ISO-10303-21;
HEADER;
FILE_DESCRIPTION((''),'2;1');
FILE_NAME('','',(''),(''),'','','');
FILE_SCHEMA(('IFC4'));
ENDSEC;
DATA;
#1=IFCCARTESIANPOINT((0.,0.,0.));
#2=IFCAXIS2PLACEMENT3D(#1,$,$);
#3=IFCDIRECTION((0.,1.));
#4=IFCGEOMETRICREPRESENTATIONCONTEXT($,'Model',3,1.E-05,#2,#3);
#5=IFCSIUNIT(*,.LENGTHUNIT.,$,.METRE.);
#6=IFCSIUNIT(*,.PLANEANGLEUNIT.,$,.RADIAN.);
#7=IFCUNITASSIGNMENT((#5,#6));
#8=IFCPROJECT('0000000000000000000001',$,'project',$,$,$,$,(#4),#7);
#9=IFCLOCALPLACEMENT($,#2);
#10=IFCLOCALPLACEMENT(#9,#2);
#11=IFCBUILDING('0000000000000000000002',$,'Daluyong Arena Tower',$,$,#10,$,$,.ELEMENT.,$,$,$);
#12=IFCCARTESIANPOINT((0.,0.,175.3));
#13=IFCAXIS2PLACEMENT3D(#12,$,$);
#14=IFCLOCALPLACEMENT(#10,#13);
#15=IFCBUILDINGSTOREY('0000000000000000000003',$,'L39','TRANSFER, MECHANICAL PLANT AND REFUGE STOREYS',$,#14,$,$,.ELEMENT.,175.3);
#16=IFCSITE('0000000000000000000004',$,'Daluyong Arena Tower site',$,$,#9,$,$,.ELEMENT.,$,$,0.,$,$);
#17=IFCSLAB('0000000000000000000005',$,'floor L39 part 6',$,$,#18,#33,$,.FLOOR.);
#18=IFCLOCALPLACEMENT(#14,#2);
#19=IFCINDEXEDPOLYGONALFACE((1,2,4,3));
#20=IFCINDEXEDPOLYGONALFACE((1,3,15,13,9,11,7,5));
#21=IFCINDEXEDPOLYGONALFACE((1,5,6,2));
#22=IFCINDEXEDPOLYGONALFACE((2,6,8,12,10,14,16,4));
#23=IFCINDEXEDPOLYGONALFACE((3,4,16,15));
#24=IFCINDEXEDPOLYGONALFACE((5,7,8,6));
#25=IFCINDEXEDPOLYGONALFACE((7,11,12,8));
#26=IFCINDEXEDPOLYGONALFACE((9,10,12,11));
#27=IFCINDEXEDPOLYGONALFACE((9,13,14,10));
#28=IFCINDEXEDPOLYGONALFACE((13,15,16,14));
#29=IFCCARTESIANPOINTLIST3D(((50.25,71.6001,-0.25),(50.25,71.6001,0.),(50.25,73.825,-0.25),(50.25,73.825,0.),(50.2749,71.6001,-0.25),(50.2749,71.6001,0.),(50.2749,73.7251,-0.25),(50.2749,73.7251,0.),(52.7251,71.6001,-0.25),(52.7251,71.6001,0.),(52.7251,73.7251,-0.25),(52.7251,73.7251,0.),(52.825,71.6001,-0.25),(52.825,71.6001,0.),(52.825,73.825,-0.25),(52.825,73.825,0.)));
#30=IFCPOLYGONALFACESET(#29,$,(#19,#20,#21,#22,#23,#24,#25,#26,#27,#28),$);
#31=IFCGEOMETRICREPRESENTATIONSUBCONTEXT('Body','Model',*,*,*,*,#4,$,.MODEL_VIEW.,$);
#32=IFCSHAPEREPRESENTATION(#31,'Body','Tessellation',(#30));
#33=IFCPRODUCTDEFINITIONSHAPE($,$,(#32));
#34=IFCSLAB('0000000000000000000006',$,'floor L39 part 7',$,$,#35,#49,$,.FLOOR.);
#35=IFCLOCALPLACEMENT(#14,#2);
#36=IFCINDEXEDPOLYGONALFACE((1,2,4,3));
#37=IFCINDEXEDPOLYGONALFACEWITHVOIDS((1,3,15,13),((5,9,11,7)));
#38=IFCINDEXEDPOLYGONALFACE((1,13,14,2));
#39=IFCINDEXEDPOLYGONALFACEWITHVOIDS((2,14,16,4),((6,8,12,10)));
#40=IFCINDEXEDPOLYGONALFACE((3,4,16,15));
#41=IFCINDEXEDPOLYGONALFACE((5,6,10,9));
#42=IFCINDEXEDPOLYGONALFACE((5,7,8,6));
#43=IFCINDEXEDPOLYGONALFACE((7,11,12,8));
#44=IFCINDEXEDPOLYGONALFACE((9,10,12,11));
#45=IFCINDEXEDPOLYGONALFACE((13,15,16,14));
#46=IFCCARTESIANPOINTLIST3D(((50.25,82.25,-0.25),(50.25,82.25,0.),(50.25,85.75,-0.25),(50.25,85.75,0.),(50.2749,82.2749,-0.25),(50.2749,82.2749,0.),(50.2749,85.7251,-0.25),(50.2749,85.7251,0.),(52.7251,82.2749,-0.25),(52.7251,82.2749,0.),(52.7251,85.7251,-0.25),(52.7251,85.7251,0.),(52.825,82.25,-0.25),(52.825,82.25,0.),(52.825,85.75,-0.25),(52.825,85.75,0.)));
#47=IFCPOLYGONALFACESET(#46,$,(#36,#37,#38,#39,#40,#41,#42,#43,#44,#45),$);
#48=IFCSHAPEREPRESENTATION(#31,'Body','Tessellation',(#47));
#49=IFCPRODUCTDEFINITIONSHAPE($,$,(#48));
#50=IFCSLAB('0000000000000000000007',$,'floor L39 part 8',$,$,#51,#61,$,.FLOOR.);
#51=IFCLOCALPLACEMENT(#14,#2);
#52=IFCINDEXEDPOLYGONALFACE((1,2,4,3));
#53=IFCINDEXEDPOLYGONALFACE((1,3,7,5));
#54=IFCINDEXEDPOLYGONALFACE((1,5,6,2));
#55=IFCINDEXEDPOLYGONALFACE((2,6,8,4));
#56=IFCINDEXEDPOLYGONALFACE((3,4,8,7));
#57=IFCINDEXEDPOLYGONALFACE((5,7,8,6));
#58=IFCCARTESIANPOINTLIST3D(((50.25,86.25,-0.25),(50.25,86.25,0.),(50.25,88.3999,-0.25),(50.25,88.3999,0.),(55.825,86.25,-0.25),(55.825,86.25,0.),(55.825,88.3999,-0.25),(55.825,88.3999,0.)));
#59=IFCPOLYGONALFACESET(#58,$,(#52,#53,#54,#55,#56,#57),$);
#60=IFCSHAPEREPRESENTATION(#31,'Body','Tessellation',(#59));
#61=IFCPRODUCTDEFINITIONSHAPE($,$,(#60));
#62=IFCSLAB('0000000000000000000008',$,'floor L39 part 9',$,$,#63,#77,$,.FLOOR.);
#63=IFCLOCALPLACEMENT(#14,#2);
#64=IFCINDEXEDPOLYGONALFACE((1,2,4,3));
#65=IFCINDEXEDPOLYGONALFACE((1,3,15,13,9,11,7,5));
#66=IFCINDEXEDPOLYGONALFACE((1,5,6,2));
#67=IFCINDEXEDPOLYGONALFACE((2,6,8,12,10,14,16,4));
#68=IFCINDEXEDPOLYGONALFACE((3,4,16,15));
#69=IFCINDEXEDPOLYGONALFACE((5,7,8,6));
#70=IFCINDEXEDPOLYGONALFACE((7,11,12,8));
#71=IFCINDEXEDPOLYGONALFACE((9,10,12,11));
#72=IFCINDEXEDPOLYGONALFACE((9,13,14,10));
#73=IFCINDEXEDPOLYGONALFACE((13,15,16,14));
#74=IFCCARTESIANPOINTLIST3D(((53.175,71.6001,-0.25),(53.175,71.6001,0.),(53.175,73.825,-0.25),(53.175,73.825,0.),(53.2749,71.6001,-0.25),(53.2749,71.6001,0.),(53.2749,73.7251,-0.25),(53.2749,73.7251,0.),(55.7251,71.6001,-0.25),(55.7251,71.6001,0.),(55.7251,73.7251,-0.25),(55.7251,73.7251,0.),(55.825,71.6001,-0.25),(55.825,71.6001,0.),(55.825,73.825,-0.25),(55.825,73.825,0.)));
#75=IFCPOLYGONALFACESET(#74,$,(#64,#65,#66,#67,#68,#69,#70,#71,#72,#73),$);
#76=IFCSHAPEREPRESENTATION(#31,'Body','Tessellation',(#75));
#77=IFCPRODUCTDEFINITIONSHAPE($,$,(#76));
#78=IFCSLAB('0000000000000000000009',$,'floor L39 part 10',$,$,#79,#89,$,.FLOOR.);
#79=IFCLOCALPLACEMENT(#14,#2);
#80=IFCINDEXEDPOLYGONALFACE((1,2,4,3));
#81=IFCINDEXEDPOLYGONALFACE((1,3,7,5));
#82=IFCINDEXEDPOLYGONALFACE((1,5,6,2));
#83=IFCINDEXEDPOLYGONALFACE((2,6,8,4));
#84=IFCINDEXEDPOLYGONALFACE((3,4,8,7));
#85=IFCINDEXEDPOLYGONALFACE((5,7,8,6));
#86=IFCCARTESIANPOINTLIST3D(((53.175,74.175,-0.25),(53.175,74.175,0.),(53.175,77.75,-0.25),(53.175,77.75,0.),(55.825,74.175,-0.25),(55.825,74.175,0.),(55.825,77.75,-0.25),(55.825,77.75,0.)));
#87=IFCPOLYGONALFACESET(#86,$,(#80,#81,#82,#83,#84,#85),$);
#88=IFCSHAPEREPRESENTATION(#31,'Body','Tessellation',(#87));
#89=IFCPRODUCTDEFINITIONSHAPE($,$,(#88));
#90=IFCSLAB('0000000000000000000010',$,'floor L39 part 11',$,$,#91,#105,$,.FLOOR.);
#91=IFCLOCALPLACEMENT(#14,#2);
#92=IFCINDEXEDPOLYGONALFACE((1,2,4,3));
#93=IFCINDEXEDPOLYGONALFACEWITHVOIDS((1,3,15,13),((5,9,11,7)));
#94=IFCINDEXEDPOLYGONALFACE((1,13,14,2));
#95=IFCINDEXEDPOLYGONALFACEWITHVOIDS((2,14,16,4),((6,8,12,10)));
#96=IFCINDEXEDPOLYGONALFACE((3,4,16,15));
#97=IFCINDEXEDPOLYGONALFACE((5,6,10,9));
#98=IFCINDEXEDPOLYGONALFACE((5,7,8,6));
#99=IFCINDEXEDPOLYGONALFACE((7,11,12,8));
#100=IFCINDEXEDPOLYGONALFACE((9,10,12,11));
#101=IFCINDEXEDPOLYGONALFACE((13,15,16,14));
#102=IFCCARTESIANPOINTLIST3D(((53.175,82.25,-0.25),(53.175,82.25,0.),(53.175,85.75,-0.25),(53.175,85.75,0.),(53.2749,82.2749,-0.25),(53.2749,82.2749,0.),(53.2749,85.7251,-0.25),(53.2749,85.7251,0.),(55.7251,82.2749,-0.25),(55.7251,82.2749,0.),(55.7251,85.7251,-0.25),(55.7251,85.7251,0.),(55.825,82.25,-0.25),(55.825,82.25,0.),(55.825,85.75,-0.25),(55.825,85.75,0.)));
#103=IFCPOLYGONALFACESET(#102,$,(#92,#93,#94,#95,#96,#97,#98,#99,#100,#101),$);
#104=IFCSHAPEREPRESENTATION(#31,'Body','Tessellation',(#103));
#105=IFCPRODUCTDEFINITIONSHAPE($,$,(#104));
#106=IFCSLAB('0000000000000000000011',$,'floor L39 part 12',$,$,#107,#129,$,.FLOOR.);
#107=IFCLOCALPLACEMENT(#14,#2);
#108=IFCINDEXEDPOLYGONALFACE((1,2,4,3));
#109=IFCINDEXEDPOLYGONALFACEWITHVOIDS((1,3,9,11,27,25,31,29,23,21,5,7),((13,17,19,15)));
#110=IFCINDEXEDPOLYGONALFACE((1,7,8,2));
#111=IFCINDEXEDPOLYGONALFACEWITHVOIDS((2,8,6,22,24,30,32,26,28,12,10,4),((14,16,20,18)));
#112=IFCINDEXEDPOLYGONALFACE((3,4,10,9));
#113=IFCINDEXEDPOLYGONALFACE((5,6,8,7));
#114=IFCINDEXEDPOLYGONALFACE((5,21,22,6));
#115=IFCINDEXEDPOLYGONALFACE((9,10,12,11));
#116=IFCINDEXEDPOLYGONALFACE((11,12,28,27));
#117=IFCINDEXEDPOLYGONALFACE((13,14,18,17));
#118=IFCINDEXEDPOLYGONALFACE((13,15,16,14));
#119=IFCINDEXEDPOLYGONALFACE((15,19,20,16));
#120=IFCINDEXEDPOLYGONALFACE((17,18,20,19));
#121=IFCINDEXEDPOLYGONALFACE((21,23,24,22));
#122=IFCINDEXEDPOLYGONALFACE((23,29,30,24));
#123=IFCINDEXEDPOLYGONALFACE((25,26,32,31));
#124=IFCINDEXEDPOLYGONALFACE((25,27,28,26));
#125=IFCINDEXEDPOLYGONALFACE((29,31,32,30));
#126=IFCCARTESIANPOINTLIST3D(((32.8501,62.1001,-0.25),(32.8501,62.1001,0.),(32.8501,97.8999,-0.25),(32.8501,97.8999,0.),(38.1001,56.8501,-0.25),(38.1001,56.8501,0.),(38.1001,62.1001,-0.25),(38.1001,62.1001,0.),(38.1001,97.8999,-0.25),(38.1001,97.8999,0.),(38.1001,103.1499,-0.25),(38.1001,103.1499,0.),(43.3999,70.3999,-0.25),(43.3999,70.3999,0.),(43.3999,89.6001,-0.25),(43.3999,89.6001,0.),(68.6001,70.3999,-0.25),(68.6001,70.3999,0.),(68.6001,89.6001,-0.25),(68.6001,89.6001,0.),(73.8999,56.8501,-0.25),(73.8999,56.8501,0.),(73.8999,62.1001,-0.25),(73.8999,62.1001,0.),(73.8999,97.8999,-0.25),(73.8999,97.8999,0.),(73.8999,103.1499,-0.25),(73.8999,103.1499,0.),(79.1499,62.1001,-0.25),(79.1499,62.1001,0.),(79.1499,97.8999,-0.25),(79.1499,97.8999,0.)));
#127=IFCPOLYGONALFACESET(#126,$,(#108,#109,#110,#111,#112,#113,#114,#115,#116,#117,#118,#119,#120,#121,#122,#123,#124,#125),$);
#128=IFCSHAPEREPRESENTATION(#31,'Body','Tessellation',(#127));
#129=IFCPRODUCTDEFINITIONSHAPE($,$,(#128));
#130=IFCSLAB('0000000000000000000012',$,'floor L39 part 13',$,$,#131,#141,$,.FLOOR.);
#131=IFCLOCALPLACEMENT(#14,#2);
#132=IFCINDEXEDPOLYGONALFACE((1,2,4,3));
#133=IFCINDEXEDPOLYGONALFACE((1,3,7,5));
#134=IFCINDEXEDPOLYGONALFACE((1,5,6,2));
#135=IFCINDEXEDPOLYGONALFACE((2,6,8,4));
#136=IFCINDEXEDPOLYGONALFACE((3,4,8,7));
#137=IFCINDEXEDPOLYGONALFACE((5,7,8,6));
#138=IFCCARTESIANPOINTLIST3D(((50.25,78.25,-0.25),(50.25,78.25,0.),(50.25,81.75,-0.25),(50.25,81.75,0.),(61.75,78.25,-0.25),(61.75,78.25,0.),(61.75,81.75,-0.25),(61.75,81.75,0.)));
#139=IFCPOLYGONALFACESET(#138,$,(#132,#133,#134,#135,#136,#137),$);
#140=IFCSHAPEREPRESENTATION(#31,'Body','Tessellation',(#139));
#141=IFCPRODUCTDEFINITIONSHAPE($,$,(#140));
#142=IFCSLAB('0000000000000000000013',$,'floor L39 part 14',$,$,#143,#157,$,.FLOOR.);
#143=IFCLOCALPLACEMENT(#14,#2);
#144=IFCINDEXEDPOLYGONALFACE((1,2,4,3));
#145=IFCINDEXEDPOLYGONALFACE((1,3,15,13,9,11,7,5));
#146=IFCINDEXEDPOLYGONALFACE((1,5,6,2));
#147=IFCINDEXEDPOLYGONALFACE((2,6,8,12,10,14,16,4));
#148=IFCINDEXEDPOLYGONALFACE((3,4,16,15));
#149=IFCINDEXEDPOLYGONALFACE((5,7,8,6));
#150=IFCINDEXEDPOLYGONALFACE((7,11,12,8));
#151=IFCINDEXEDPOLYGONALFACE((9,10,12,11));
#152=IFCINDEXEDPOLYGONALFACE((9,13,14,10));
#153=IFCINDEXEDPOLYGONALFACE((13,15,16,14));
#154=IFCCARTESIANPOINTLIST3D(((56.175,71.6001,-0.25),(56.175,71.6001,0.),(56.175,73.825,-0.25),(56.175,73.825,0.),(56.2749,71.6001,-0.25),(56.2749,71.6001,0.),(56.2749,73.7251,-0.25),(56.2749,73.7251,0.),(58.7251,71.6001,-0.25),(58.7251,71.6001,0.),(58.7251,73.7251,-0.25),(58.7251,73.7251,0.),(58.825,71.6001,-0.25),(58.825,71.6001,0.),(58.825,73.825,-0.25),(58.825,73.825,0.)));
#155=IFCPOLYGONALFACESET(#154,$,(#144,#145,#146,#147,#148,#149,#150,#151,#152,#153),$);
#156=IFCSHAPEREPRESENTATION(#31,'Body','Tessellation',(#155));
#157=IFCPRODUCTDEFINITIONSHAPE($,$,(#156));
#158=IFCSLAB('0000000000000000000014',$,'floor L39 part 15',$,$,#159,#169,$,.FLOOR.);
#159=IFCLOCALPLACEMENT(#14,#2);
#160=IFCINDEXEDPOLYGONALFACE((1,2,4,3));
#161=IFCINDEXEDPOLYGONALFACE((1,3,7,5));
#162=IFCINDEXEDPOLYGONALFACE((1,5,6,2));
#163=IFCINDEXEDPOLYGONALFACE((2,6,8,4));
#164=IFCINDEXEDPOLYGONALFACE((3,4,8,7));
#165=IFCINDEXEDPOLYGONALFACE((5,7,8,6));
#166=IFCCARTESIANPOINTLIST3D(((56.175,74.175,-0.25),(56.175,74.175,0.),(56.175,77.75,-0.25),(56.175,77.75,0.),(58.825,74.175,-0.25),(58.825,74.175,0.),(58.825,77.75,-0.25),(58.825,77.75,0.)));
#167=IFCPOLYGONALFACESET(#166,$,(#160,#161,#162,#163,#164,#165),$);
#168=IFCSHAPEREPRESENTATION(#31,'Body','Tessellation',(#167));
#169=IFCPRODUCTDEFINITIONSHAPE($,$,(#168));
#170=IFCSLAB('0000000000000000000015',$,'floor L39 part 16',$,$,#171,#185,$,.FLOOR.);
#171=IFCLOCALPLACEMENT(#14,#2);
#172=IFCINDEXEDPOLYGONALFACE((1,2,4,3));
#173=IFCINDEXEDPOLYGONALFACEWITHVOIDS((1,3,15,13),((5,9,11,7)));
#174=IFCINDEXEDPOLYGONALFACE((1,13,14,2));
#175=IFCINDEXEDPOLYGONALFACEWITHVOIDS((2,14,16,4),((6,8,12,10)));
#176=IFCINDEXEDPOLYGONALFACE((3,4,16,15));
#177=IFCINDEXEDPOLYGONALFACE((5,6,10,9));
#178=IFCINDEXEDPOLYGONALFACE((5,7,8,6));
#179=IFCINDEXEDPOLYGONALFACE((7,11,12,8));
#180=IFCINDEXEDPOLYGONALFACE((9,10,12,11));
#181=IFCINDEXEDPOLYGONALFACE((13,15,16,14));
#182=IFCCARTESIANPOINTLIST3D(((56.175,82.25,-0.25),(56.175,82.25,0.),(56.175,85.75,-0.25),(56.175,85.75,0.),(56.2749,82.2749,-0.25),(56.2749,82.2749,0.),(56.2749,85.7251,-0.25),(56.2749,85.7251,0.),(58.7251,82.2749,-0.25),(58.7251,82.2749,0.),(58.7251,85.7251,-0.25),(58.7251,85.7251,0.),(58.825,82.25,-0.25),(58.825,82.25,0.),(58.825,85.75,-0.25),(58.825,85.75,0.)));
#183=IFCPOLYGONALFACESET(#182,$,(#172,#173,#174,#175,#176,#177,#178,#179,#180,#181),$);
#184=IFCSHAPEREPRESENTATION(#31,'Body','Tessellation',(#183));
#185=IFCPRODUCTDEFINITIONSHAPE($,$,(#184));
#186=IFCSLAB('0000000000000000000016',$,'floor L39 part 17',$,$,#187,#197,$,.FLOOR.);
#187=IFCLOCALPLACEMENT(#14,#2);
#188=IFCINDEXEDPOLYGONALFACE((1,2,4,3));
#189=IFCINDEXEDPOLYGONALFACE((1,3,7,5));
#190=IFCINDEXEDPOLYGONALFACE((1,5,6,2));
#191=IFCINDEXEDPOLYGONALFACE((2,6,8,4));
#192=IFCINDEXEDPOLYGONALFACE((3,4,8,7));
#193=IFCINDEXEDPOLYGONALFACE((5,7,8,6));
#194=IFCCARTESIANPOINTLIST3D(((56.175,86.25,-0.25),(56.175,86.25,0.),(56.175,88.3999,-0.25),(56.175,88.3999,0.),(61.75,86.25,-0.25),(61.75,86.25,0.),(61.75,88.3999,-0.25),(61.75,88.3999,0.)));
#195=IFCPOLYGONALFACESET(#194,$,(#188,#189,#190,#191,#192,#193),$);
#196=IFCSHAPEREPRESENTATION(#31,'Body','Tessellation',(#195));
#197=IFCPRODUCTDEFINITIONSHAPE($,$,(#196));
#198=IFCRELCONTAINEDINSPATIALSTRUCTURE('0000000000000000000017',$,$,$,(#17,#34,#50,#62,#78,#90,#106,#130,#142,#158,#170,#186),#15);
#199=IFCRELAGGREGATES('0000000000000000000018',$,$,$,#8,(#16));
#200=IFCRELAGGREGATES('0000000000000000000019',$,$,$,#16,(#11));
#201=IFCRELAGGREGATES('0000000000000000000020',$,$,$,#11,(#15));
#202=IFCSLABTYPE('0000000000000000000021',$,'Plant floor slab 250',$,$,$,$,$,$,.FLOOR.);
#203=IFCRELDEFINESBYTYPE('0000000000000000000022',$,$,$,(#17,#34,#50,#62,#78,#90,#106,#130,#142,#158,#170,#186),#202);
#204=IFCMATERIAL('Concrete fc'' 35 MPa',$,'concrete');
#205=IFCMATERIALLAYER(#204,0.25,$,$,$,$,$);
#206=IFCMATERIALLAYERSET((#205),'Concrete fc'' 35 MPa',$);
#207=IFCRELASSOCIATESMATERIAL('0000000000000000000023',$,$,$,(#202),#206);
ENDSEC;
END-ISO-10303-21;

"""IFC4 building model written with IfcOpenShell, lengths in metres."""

from ifc_helpers import new_model, si_unit, direction, frame, origin, place, context, subcontext, project, spatial, polyline, outline, extrude, material, layer, layer_set, type_object, element, save


model = new_model("IFC4")

# Units and contexts
model_context = context("Model", 3, precision=1e-05, world=origin(), true_north=direction((0.0, 1.0)))
body_context = subcontext(model_context, "Body", "Model", "MODEL_VIEW")
ifc_project = project(units=[si_unit("LENGTHUNIT", "METRE"), si_unit("PLANEANGLEUNIT", "RADIAN")], contexts=[model_context])

# Site, building, storey
site_placement = place(None, origin())
site = spatial("IfcSite", under=ifc_project, at=site_placement, Name="Daluyong Arena Tower site", CompositionType="ELEMENT", RefElevation=0.0)
building_placement = place(site_placement, origin())
building = spatial("IfcBuilding", under=site, at=building_placement, Name="Daluyong Arena Tower", CompositionType="ELEMENT")
storey_placement = place(building_placement, frame((0.0, 0.0, 175.3)))
storey = spatial("IfcBuildingStorey", under=building, at=storey_placement, Name="L39", Description="TRANSFER, MECHANICAL PLANT AND REFUGE STOREYS", CompositionType="ELEMENT", Elevation=175.3)

# Slabs
ifc_material_1 = material(Name="Concrete fc' 35 MPa", Category="concrete")
ifc_layer_1 = layer(ifc_material_1, 0.25)
ifc_layer_set_1 = layer_set([ifc_layer_1], Name="Concrete fc' 35 MPa")
slab_type_1 = type_object("IfcSlabType", Name="Plant floor slab 250", PredefinedType="FLOOR", material=ifc_layer_set_1)
slab_1_placement = place(storey_placement, frame((0.0, 0.0, -0.25)))
element("IfcSlab", 1, at=slab_1_placement, inside=storey, type_object=slab_type_1, Name="floor L39 part 6", PredefinedType="FLOOR", context=body_context, shape_type="SweptSolid", body=[
    extrude(outline(polyline([(50.2749, 73.7251), (52.7251, 73.7251), (52.7251, 71.6001), (52.825, 71.6001), (52.825, 73.825), (50.25, 73.825), (50.25, 71.6001), (50.2749, 71.6001), (50.2749, 73.7251)])), origin(), (0.0, 0.0, 1.0), 0.25),
])
slab_2_placement = place(storey_placement, frame((0.0, 0.0, -0.25)))
element("IfcSlab", 2, at=slab_2_placement, inside=storey, type_object=slab_type_1, Name="floor L39 part 7", PredefinedType="FLOOR", context=body_context, shape_type="SweptSolid", body=[
    extrude(outline(polyline([(52.825, 85.75), (50.25, 85.75), (50.25, 82.25), (52.825, 82.25), (52.825, 85.75)]), holes=[polyline([(50.2749, 85.7251), (52.7251, 85.7251), (52.7251, 82.2749), (50.2749, 82.2749), (50.2749, 85.7251)])]), origin(), (0.0, 0.0, 1.0), 0.25),
])
slab_3_placement = place(storey_placement, frame((0.0, 0.0, -0.25)))
element("IfcSlab", 3, at=slab_3_placement, inside=storey, type_object=slab_type_1, Name="floor L39 part 8", PredefinedType="FLOOR", context=body_context, shape_type="SweptSolid", body=[
    extrude(outline(polyline([(55.825, 88.3999), (50.25, 88.3999), (50.25, 86.25), (55.825, 86.25), (55.825, 88.3999)])), origin(), (0.0, 0.0, 1.0), 0.25),
])
slab_4_placement = place(storey_placement, frame((0.0, 0.0, -0.25)))
element("IfcSlab", 4, at=slab_4_placement, inside=storey, type_object=slab_type_1, Name="floor L39 part 9", PredefinedType="FLOOR", context=body_context, shape_type="SweptSolid", body=[
    extrude(outline(polyline([(55.7251, 73.7251), (55.7251, 71.6001), (55.825, 71.6001), (55.825, 73.825), (53.175, 73.825), (53.175, 71.6001), (53.2749, 71.6001), (53.2749, 73.7251), (55.7251, 73.7251)])), origin(), (0.0, 0.0, 1.0), 0.25),
])
slab_5_placement = place(storey_placement, frame((0.0, 0.0, -0.25)))
element("IfcSlab", 5, at=slab_5_placement, inside=storey, type_object=slab_type_1, Name="floor L39 part 10", PredefinedType="FLOOR", context=body_context, shape_type="SweptSolid", body=[
    extrude(outline(polyline([(55.825, 77.75), (53.175, 77.75), (53.175, 74.175), (55.825, 74.175), (55.825, 77.75)])), origin(), (0.0, 0.0, 1.0), 0.25),
])
slab_6_placement = place(storey_placement, frame((0.0, 0.0, -0.25)))
element("IfcSlab", 6, at=slab_6_placement, inside=storey, type_object=slab_type_1, Name="floor L39 part 11", PredefinedType="FLOOR", context=body_context, shape_type="SweptSolid", body=[
    extrude(outline(polyline([(55.825, 85.75), (53.175, 85.75), (53.175, 82.25), (55.825, 82.25), (55.825, 85.75)]), holes=[polyline([(55.7251, 85.7251), (55.7251, 82.2749), (53.2749, 82.2749), (53.2749, 85.7251), (55.7251, 85.7251)])]), origin(), (0.0, 0.0, 1.0), 0.25),
])
slab_7_placement = place(storey_placement, frame((0.0, 0.0, -0.25)))
element("IfcSlab", 7, at=slab_7_placement, inside=storey, type_object=slab_type_1, Name="floor L39 part 12", PredefinedType="FLOOR", context=body_context, shape_type="SweptSolid", body=[
    extrude(outline(polyline([(38.1001, 62.1001), (38.1001, 56.8501), (73.8999, 56.8501), (73.8999, 62.1001), (79.1499, 62.1001), (79.1499, 97.8999), (73.8999, 97.8999), (73.8999, 103.1499), (38.1001, 103.1499), (38.1001, 97.8999), (32.8501, 97.8999), (32.8501, 62.1001), (38.1001, 62.1001)]), holes=[polyline([(68.6001, 89.6001), (68.6001, 70.3999), (43.3999, 70.3999), (43.3999, 89.6001), (68.6001, 89.6001)])]), origin(), (0.0, 0.0, 1.0), 0.25),
])
slab_8_placement = place(storey_placement, frame((0.0, 0.0, -0.25)))
element("IfcSlab", 8, at=slab_8_placement, inside=storey, type_object=slab_type_1, Name="floor L39 part 13", PredefinedType="FLOOR", context=body_context, shape_type="SweptSolid", body=[
    extrude(outline(polyline([(61.75, 78.25), (61.75, 81.75), (50.25, 81.75), (50.25, 78.25), (61.75, 78.25)])), origin(), (0.0, 0.0, 1.0), 0.25),
])
slab_9_placement = place(storey_placement, frame((0.0, 0.0, -0.25)))
element("IfcSlab", 9, at=slab_9_placement, inside=storey, type_object=slab_type_1, Name="floor L39 part 14", PredefinedType="FLOOR", context=body_context, shape_type="SweptSolid", body=[
    extrude(outline(polyline([(58.825, 71.6001), (58.825, 73.825), (56.175, 73.825), (56.175, 71.6001), (56.2749, 71.6001), (56.2749, 73.7251), (58.7251, 73.7251), (58.7251, 71.6001), (58.825, 71.6001)])), origin(), (0.0, 0.0, 1.0), 0.25),
])
slab_10_placement = place(storey_placement, frame((0.0, 0.0, -0.25)))
element("IfcSlab", 10, at=slab_10_placement, inside=storey, type_object=slab_type_1, Name="floor L39 part 15", PredefinedType="FLOOR", context=body_context, shape_type="SweptSolid", body=[
    extrude(outline(polyline([(58.825, 77.75), (56.175, 77.75), (56.175, 74.175), (58.825, 74.175), (58.825, 77.75)])), origin(), (0.0, 0.0, 1.0), 0.25),
])
slab_11_placement = place(storey_placement, frame((0.0, 0.0, -0.25)))
element("IfcSlab", 11, at=slab_11_placement, inside=storey, type_object=slab_type_1, Name="floor L39 part 16", PredefinedType="FLOOR", context=body_context, shape_type="SweptSolid", body=[
    extrude(outline(polyline([(58.825, 85.75), (56.175, 85.75), (56.175, 82.25), (58.825, 82.25), (58.825, 85.75)]), holes=[polyline([(56.2749, 85.7251), (58.7251, 85.7251), (58.7251, 82.2749), (56.2749, 82.2749), (56.2749, 85.7251)])]), origin(), (0.0, 0.0, 1.0), 0.25),
])
slab_12_placement = place(storey_placement, frame((0.0, 0.0, -0.25)))
element("IfcSlab", 12, at=slab_12_placement, inside=storey, type_object=slab_type_1, Name="floor L39 part 17", PredefinedType="FLOOR", context=body_context, shape_type="SweptSolid", body=[
    extrude(outline(polyline([(56.175, 88.3999), (56.175, 86.25), (61.75, 86.25), (61.75, 88.3999), (56.175, 88.3999)])), origin(), (0.0, 0.0, 1.0), 0.25),
])

save(model, "model.ifc")
